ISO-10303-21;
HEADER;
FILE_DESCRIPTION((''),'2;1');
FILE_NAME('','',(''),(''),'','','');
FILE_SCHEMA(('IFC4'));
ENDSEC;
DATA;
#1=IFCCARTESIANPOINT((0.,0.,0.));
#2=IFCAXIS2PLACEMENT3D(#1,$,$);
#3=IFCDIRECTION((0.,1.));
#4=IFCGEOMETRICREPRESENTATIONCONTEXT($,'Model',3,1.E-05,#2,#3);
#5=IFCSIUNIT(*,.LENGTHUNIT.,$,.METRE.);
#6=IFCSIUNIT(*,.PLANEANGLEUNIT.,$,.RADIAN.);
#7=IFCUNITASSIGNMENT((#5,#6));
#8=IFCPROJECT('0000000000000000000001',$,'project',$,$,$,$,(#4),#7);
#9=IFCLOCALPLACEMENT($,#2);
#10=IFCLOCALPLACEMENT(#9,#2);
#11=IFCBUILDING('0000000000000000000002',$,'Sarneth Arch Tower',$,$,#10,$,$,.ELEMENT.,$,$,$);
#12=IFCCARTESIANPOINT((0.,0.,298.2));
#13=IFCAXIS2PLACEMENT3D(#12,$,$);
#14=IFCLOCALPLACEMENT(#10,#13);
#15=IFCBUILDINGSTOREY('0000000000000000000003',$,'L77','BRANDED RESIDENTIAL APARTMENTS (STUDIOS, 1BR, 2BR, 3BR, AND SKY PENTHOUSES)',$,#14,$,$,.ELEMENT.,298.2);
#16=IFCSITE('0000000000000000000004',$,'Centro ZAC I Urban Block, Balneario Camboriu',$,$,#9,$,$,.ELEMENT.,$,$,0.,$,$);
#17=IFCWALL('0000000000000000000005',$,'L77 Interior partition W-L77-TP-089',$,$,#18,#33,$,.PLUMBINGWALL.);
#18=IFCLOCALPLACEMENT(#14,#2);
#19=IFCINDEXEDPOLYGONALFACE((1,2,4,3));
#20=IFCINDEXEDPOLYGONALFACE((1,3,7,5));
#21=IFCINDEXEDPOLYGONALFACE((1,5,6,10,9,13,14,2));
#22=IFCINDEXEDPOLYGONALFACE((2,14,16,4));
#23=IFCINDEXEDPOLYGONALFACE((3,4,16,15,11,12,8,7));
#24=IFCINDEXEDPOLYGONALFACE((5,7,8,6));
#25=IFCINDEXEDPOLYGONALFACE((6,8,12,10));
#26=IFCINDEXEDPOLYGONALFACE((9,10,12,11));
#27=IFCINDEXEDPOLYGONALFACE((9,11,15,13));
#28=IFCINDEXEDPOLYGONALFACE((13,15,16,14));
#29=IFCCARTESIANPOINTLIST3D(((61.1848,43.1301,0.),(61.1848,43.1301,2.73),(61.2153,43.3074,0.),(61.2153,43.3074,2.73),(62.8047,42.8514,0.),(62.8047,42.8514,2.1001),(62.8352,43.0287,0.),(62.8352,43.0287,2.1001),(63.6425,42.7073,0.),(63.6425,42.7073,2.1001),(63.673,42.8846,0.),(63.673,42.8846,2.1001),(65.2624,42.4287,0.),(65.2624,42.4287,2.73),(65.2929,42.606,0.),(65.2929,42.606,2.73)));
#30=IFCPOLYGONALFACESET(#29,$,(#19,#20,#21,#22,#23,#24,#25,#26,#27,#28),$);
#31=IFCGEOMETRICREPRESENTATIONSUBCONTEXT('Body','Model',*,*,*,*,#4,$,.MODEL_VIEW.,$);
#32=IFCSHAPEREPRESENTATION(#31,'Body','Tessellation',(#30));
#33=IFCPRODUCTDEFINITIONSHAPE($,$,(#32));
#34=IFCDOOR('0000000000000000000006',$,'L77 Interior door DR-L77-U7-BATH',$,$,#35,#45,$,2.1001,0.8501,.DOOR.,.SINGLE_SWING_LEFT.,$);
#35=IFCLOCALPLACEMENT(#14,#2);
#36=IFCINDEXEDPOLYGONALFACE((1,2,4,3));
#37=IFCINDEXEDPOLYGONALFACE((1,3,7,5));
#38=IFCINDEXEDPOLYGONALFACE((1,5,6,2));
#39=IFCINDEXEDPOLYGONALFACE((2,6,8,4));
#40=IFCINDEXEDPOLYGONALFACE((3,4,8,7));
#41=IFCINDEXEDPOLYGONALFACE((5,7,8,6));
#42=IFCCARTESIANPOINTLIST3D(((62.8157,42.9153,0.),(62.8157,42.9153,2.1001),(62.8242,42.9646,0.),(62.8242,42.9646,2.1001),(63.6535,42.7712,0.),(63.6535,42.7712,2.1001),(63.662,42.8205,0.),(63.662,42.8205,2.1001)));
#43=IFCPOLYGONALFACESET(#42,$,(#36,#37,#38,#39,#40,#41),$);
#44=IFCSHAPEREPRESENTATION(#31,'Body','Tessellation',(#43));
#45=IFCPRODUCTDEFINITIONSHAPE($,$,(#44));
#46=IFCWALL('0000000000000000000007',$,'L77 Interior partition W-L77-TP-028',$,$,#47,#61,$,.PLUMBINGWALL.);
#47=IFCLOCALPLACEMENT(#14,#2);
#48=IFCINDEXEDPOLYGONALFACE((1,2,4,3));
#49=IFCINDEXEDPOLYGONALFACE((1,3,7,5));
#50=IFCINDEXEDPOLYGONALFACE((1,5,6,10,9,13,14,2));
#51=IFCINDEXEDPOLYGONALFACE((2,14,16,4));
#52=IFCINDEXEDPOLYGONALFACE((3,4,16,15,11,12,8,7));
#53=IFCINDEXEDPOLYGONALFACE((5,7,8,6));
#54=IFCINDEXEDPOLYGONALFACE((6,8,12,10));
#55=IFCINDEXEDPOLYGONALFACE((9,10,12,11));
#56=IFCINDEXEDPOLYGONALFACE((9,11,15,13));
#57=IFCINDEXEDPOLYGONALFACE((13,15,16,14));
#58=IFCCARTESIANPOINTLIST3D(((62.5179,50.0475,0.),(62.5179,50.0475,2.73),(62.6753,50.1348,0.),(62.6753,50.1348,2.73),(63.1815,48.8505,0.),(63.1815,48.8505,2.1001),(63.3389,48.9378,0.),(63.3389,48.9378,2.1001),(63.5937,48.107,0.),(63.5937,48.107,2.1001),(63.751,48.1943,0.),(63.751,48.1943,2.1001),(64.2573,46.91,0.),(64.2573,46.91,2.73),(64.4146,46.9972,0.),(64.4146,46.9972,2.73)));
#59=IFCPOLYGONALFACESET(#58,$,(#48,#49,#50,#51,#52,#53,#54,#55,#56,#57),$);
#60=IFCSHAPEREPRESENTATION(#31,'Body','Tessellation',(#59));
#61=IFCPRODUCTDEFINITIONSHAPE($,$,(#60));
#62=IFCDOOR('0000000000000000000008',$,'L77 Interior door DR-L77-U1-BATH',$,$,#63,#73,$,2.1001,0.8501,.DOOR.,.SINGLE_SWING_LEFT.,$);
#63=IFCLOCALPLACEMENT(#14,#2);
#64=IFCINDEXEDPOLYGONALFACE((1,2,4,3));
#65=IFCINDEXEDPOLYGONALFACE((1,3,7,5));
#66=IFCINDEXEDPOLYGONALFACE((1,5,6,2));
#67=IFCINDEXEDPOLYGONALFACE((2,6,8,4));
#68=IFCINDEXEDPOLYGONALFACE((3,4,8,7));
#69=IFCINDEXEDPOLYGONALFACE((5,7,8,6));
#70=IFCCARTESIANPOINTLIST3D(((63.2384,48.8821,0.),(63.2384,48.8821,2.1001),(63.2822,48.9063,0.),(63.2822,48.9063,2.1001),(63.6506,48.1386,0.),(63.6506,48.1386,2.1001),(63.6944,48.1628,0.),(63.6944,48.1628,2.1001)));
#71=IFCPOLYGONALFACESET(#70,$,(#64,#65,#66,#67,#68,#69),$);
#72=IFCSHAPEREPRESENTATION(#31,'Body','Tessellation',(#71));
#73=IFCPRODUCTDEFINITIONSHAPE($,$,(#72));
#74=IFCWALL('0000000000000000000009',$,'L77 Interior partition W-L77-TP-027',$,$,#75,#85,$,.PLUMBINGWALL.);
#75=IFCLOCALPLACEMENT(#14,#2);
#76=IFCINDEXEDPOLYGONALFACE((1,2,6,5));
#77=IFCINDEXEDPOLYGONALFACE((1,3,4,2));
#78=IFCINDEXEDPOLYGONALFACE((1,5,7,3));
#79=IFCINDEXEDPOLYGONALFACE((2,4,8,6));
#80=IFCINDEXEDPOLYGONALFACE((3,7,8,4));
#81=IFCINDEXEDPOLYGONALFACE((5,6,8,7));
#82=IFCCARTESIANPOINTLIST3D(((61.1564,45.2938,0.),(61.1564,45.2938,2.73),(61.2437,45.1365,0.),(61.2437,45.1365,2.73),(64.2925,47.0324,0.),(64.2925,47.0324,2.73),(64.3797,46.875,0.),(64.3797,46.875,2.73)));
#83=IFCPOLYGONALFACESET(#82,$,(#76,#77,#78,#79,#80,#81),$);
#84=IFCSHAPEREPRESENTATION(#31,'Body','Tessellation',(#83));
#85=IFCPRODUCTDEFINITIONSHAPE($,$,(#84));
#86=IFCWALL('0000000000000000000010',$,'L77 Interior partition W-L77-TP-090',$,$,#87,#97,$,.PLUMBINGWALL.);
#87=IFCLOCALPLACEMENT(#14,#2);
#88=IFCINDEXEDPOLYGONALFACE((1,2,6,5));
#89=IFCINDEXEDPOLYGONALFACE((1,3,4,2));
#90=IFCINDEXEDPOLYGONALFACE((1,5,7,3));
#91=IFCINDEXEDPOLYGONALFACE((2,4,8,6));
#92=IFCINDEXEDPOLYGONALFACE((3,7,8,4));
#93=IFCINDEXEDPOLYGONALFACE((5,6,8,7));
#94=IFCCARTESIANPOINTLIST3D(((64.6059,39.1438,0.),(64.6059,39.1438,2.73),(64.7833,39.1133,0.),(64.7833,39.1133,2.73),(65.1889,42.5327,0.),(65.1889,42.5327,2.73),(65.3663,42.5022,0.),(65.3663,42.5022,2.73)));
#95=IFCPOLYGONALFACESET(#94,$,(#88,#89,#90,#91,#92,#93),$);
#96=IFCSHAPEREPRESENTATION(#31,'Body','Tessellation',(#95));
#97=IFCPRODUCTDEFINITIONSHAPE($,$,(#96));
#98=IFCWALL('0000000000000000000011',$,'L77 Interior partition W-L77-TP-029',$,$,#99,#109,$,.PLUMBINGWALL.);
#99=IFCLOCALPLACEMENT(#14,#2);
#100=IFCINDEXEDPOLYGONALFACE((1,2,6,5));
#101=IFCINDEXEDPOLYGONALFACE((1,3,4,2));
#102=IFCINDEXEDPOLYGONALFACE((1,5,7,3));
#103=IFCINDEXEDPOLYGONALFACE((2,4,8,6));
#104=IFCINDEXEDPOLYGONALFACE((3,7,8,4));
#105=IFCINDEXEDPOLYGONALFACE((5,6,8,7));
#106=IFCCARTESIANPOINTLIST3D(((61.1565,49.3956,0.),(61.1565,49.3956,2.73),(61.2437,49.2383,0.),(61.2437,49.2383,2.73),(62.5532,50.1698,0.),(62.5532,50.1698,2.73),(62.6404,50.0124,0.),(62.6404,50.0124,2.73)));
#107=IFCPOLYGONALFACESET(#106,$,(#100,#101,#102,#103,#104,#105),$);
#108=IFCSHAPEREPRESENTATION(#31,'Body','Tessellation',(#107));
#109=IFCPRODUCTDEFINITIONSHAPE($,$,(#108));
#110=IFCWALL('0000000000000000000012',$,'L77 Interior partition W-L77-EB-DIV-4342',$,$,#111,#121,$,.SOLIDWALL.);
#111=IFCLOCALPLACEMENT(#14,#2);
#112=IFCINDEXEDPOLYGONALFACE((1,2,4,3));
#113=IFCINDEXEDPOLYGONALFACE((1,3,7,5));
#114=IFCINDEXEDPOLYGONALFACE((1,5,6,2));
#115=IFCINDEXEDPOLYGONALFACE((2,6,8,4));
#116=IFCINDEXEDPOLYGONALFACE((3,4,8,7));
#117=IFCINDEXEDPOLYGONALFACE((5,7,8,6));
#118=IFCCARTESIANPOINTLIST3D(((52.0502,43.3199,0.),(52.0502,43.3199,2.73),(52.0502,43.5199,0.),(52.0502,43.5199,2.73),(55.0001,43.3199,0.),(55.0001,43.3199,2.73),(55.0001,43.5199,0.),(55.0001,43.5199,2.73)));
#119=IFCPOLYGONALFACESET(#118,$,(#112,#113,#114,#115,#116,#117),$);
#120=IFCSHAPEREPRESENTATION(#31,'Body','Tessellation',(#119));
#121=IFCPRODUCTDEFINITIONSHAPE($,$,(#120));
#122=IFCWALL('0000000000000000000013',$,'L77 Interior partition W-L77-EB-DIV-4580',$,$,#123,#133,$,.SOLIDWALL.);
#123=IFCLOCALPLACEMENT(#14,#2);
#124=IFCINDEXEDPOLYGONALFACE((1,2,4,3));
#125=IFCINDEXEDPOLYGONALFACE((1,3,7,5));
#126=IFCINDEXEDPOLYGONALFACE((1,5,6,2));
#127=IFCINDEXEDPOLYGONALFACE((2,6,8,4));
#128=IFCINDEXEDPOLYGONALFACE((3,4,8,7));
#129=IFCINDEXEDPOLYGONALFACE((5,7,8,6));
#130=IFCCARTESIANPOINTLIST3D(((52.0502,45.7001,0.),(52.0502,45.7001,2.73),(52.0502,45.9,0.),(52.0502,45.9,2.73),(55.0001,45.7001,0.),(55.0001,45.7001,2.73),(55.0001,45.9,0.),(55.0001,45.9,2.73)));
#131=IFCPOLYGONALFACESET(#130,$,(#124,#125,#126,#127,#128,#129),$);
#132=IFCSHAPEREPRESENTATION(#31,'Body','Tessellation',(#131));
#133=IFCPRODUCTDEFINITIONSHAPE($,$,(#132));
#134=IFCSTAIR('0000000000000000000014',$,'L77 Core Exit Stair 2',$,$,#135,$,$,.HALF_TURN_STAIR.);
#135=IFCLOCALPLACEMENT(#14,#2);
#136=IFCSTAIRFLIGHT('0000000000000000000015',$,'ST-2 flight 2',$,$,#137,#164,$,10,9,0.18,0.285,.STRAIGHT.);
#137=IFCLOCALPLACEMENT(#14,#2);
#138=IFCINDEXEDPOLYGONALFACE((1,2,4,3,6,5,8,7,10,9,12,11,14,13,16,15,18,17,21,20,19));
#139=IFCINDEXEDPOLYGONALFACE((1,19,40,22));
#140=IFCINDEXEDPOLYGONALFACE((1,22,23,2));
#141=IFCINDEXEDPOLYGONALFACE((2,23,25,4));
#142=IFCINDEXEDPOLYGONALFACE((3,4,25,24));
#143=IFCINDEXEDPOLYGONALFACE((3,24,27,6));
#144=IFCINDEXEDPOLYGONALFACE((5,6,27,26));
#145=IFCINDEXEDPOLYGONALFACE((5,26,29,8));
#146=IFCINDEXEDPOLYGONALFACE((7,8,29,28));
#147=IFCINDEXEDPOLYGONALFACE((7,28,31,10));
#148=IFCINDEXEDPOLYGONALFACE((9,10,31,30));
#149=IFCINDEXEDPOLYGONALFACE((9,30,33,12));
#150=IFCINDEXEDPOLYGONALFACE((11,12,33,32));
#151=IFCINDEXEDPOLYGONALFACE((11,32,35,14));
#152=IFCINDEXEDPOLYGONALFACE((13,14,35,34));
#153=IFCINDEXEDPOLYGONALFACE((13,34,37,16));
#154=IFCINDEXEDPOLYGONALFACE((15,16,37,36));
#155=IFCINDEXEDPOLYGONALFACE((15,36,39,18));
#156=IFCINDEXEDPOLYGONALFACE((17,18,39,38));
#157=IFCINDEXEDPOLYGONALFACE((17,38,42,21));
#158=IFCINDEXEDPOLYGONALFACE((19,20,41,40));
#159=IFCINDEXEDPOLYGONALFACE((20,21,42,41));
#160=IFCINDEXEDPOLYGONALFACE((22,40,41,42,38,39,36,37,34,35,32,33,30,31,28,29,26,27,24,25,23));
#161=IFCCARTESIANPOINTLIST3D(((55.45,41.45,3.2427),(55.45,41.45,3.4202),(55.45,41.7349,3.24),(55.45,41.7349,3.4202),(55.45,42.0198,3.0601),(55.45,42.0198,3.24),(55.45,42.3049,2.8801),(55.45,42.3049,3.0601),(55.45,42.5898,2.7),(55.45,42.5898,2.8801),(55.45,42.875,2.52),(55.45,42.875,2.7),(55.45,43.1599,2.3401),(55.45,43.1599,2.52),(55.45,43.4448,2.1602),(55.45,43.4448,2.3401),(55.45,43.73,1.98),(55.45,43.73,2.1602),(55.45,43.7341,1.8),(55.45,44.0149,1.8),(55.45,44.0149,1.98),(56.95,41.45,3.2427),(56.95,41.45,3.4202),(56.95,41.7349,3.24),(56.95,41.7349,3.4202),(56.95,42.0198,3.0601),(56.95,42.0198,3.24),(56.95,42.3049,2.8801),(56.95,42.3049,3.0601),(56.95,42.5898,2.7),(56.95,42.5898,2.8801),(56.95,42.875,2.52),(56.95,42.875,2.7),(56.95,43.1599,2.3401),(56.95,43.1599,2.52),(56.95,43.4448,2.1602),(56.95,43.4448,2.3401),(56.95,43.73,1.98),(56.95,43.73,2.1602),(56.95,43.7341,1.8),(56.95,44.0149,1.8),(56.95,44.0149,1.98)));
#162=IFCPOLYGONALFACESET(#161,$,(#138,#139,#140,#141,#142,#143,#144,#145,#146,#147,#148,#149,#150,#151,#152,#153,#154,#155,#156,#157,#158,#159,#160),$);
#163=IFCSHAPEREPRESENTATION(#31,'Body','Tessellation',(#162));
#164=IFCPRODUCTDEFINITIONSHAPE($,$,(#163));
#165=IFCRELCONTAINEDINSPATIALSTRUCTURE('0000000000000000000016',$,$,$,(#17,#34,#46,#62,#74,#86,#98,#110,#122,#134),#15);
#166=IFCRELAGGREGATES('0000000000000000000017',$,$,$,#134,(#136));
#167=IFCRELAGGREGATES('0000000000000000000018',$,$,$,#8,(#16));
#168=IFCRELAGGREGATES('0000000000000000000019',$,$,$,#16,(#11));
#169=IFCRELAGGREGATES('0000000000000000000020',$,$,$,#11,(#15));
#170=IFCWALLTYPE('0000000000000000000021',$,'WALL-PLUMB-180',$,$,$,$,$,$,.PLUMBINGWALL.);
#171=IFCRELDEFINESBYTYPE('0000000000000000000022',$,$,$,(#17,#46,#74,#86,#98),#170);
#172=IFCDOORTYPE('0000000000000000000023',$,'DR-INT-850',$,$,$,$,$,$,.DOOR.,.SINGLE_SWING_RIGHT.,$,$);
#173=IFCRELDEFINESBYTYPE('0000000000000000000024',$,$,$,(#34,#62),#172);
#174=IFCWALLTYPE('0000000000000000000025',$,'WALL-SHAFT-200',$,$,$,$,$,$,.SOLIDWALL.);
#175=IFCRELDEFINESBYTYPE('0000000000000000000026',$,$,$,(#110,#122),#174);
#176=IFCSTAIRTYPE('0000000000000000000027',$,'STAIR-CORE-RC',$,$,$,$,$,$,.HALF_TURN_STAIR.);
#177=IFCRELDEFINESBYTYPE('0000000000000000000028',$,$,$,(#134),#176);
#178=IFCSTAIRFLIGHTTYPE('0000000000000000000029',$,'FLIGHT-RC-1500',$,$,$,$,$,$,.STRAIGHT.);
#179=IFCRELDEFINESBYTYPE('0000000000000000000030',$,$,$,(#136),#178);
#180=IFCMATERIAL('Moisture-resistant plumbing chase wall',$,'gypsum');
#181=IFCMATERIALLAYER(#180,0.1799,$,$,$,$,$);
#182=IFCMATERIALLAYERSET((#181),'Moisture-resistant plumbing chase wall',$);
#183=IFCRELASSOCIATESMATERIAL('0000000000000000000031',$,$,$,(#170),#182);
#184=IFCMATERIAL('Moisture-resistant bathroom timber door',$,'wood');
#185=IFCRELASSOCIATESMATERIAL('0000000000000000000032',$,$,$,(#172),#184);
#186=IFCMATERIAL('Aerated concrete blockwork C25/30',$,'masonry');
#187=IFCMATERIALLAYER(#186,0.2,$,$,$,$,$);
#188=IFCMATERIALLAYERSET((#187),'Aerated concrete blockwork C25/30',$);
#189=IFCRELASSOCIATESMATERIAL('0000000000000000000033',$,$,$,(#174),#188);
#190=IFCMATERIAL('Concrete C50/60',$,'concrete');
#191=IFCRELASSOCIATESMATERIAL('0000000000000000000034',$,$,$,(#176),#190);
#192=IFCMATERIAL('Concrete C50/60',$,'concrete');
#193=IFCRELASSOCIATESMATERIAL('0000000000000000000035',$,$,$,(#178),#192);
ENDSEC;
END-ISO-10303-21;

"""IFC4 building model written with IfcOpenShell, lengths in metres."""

from ifc_helpers import new_model, si_unit, direction, frame, frame_2d, origin, place, context, subcontext, project, spatial, polyline, rectangle, outline, extrude, material, layer, layer_set, type_object, element, fill, aggregate, save


model = new_model("IFC4")

# Units and contexts
model_context = context("Model", 3, precision=1e-05, world=origin(), true_north=direction((0.0, 1.0)))
body_context = subcontext(model_context, "Body", "Model", "MODEL_VIEW")
ifc_project = project(units=[si_unit("LENGTHUNIT", "METRE"), si_unit("PLANEANGLEUNIT", "RADIAN")], contexts=[model_context])

# Site, building, storey
site_placement = place(None, origin())
site = spatial("IfcSite", under=ifc_project, at=site_placement, Name="Centro ZAC I Urban Block, Balneario Camboriu", CompositionType="ELEMENT", RefElevation=0.0)
building_placement = place(site_placement, origin())
building = spatial("IfcBuilding", under=site, at=building_placement, Name="Sarneth Arch Tower", CompositionType="ELEMENT")
storey_placement = place(building_placement, frame((0.0, 0.0, 298.2)))
storey = spatial("IfcBuildingStorey", under=building, at=storey_placement, Name="L77", Description="BRANDED RESIDENTIAL APARTMENTS (STUDIOS, 1BR, 2BR, 3BR, AND SKY PENTHOUSES)", CompositionType="ELEMENT", Elevation=298.2)

# Walls, openings, doors
ifc_material_1 = material(Name="Moisture-resistant plumbing chase wall", Category="gypsum")
ifc_layer_1 = layer(ifc_material_1, 0.1799)
ifc_layer_set_1 = layer_set([ifc_layer_1], Name="Moisture-resistant plumbing chase wall")
wall_type_1 = type_object("IfcWallType", Name="WALL-PLUMB-180", PredefinedType="PLUMBINGWALL", material=ifc_layer_set_1)
ifc_material_2 = material(Name="Moisture-resistant bathroom timber door", Category="wood")
door_type_1 = type_object("IfcDoorType", Name="DR-INT-850", OperationType="SINGLE_SWING_RIGHT", PredefinedType="DOOR", material=ifc_material_2)
wall_1_placement = place(storey_placement, frame((61.2, 43.2188, 0.0), z_axis=(0.0, 0.0, 1.0), x_axis=(0.985526, -0.169526, 0.0)))
wall_1 = element("IfcWall", 1, at=wall_1_placement, inside=storey, type_object=wall_type_1, Name="L77 Interior partition W-L77-TP-089", PredefinedType="PLUMBINGWALL", context=body_context, shape_type="SweptSolid", body=[
    extrude(rectangle(XDim=4.1375, YDim=0.1799, at=frame_2d((2.0688, 0.0))), origin(), (0.0, 0.0, 1.0), 2.73),
])
opening_1_placement = place(wall_1_placement, frame((1.6438, 0.0, 0.0)))
opening_1 = element("IfcOpeningElement", 2, at=opening_1_placement, cuts=wall_1, PredefinedType="OPENING", context=body_context, shape_type="SweptSolid", body=[
    extrude(rectangle(XDim=0.8501, YDim=2.1001, at=frame_2d((0.425, 1.05))), frame((0.0, 0.0999, 0.0), z_axis=(0.0, -1.0, 0.0), x_axis=(1.0, 0.0, 0.0)), (0.0, 0.0, 1.0), 0.2),
])
door_1_placement = place(opening_1_placement, origin())
door_1 = element("IfcDoor", 3, at=door_1_placement, inside=storey, type_object=door_type_1, Name="L77 Interior door DR-L77-U7-BATH", OperationType="SINGLE_SWING_LEFT", OverallHeight=2.1001, OverallWidth=0.8501, PredefinedType="DOOR", context=body_context, shape_type="SweptSolid", body=[
    extrude(rectangle(XDim=0.8501, YDim=2.1001, at=frame_2d((0.425, 1.05))), frame((0.0, 0.0249, 0.0), z_axis=(0.0, -1.0, 0.0), x_axis=(1.0, 0.0, 0.0)), (0.0, 0.0, 1.0), 0.05),
])
fill(opening_1, door_1)
wall_2_placement = place(storey_placement, frame((64.3359, 46.9536, 0.0), z_axis=(0.0, 0.0, 1.0), x_axis=(-0.48484, 0.874603, 0.0)))
wall_2 = element("IfcWall", 4, at=wall_2_placement, inside=storey, type_object=wall_type_1, Name="L77 Interior partition W-L77-TP-028", PredefinedType="PLUMBINGWALL", context=body_context, shape_type="SweptSolid", body=[
    extrude(rectangle(XDim=3.5874, YDim=0.1799, at=frame_2d((1.7937, 0.0))), origin(), (0.0, 0.0, 1.0), 2.73),
])
opening_2_placement = place(wall_2_placement, frame((1.3687, 0.0, 0.0)))
opening_2 = element("IfcOpeningElement", 5, at=opening_2_placement, cuts=wall_2, PredefinedType="OPENING", context=body_context, shape_type="SweptSolid", body=[
    extrude(rectangle(XDim=0.8501, YDim=2.1001, at=frame_2d((0.425, 1.05))), frame((0.0, 0.0999, 0.0), z_axis=(0.0, -1.0, 0.0), x_axis=(1.0, 0.0, 0.0)), (0.0, 0.0, 1.0), 0.2),
])
door_2_placement = place(opening_2_placement, origin())
door_2 = element("IfcDoor", 6, at=door_2_placement, inside=storey, type_object=door_type_1, Name="L77 Interior door DR-L77-U1-BATH", OperationType="SINGLE_SWING_LEFT", OverallHeight=2.1001, OverallWidth=0.8501, PredefinedType="DOOR", context=body_context, shape_type="SweptSolid", body=[
    extrude(rectangle(XDim=0.8501, YDim=2.1001, at=frame_2d((0.425, 1.05))), frame((0.0, 0.0249, 0.0), z_axis=(0.0, -1.0, 0.0), x_axis=(1.0, 0.0, 0.0)), (0.0, 0.0, 1.0), 0.05),
])
fill(opening_2, door_2)

# Walls
wall_3_placement = place(storey_placement, frame((61.2, 45.2151, 0.0), z_axis=(0.0, 0.0, 1.0), x_axis=(0.874594, 0.484857, 0.0)))
element("IfcWall", 7, at=wall_3_placement, inside=storey, type_object=wall_type_1, Name="L77 Interior partition W-L77-TP-027", PredefinedType="PLUMBINGWALL", context=body_context, shape_type="SweptSolid", body=[
    extrude(rectangle(XDim=3.5857, YDim=0.1799, at=frame_2d((1.793, 0.0))), origin(), (0.0, 0.0, 1.0), 2.73),
])
wall_4_placement = place(storey_placement, frame((65.2776, 42.5173, 0.0), z_axis=(0.0, 0.0, 1.0), x_axis=(-0.169543, -0.985523, 0.0)))
element("IfcWall", 8, at=wall_4_placement, inside=storey, type_object=wall_type_1, Name="L77 Interior partition W-L77-TP-090", PredefinedType="PLUMBINGWALL", context=body_context, shape_type="SweptSolid", body=[
    extrude(rectangle(XDim=3.4387, YDim=0.1799, at=frame_2d((1.7192, 0.0))), origin(), (0.0, 0.0, 1.0), 2.73),
])
wall_5_placement = place(storey_placement, frame((62.5967, 50.0911, 0.0), z_axis=(0.0, 0.0, 1.0), x_axis=(-0.874633, -0.484786, 0.0)))
element("IfcWall", 9, at=wall_5_placement, inside=storey, type_object=wall_type_1, Name="L77 Interior partition W-L77-TP-029", PredefinedType="PLUMBINGWALL", context=body_context, shape_type="SweptSolid", body=[
    extrude(rectangle(XDim=1.5969, YDim=0.1799, at=frame_2d((0.7983, 0.0))), origin(), (0.0, 0.0, 1.0), 2.73),
])
ifc_material_3 = material(Name="Aerated concrete blockwork C25/30", Category="masonry")
ifc_layer_2 = layer(ifc_material_3, 0.2)
ifc_layer_set_2 = layer_set([ifc_layer_2], Name="Aerated concrete blockwork C25/30")
wall_type_2 = type_object("IfcWallType", Name="WALL-SHAFT-200", PredefinedType="SOLIDWALL", material=ifc_layer_set_2)
for number, where, z_axis, x_axis, name in (
    (10, (52.05, 43.4199, 0.0), (0.0, 0.0, 1.0), (1.0, 0.0, 0.0), "L77 Interior partition W-L77-EB-DIV-4342"),
    (11, (52.05, 45.8, 0.0), (0.0, 0.0, 1.0), (1.0, 0.0, 0.0), "L77 Interior partition W-L77-EB-DIV-4580"),
):
    element("IfcWall", number, at=place(storey_placement, frame(where, z_axis=z_axis, x_axis=x_axis)), inside=storey, type_object=wall_type_2, Name=name, PredefinedType="SOLIDWALL", context=body_context, shape_type="SweptSolid", body=[
        extrude(rectangle(XDim=2.95, YDim=0.2, at=frame_2d((1.4751, 0.0))), origin(), (0.0, 0.0, 1.0), 2.73),
    ])

# Stair, stair flight
ifc_material_4 = material(Name="Concrete C50/60", Category="concrete")
stair_type = type_object("IfcStairType", Name="STAIR-CORE-RC", PredefinedType="HALF_TURN_STAIR", material=ifc_material_4)
stair_placement = place(storey_placement, origin())
stair = element("IfcStair", 12, at=stair_placement, inside=storey, type_object=stair_type, Name="L77 Core Exit Stair 2", PredefinedType="HALF_TURN_STAIR")
ifc_material_5 = material(Name="Concrete C50/60", Category="concrete")
stair_flight_type = type_object("IfcStairFlightType", Name="FLIGHT-RC-1500", PredefinedType="STRAIGHT", material=ifc_material_5)
stair_flight_placement = place(storey_placement, frame((56.2, 44.0149, 1.8), z_axis=(0.0, 0.0, 1.0), x_axis=(0.0, -1.0, 0.0)))
stair_flight = element("IfcStairFlight", 13, at=stair_flight_placement, type_object=stair_flight_type, Name="ST-2 flight 2", NumberOfRisers=10, NumberOfTreads=9, PredefinedType="STRAIGHT", RiserHeight=0.18, TreadLength=0.285, context=body_context, shape_type="SweptSolid", body=[
    extrude(outline(polyline([(0.0, 0.0), (0.0, 0.1799), (0.2849, 0.1799), (0.2849, 0.3601), (0.5701, 0.3601), (0.5701, 0.54), (0.855, 0.54), (0.855, 0.72), (1.1399, 0.72), (1.1399, 0.8999), (1.425, 0.8999), (1.425, 1.0801), (1.71, 1.0801), (1.71, 1.26), (1.9951, 1.26), (1.9951, 1.4399), (2.28, 1.4399), (2.28, 1.6201), (2.5649, 1.6201), (2.5649, 1.8), (2.5649, 1.4426), (0.2808, 0.0), (0.0, 0.0)])), frame((0.0, 0.75, 0.0), z_axis=(0.0, -1.0, 0.0), x_axis=(1.0, 0.0, 0.0)), (0.0, 0.0, 1.0), 1.5),
])
aggregate(stair, [stair_flight])

save(model, "model.ifc")
